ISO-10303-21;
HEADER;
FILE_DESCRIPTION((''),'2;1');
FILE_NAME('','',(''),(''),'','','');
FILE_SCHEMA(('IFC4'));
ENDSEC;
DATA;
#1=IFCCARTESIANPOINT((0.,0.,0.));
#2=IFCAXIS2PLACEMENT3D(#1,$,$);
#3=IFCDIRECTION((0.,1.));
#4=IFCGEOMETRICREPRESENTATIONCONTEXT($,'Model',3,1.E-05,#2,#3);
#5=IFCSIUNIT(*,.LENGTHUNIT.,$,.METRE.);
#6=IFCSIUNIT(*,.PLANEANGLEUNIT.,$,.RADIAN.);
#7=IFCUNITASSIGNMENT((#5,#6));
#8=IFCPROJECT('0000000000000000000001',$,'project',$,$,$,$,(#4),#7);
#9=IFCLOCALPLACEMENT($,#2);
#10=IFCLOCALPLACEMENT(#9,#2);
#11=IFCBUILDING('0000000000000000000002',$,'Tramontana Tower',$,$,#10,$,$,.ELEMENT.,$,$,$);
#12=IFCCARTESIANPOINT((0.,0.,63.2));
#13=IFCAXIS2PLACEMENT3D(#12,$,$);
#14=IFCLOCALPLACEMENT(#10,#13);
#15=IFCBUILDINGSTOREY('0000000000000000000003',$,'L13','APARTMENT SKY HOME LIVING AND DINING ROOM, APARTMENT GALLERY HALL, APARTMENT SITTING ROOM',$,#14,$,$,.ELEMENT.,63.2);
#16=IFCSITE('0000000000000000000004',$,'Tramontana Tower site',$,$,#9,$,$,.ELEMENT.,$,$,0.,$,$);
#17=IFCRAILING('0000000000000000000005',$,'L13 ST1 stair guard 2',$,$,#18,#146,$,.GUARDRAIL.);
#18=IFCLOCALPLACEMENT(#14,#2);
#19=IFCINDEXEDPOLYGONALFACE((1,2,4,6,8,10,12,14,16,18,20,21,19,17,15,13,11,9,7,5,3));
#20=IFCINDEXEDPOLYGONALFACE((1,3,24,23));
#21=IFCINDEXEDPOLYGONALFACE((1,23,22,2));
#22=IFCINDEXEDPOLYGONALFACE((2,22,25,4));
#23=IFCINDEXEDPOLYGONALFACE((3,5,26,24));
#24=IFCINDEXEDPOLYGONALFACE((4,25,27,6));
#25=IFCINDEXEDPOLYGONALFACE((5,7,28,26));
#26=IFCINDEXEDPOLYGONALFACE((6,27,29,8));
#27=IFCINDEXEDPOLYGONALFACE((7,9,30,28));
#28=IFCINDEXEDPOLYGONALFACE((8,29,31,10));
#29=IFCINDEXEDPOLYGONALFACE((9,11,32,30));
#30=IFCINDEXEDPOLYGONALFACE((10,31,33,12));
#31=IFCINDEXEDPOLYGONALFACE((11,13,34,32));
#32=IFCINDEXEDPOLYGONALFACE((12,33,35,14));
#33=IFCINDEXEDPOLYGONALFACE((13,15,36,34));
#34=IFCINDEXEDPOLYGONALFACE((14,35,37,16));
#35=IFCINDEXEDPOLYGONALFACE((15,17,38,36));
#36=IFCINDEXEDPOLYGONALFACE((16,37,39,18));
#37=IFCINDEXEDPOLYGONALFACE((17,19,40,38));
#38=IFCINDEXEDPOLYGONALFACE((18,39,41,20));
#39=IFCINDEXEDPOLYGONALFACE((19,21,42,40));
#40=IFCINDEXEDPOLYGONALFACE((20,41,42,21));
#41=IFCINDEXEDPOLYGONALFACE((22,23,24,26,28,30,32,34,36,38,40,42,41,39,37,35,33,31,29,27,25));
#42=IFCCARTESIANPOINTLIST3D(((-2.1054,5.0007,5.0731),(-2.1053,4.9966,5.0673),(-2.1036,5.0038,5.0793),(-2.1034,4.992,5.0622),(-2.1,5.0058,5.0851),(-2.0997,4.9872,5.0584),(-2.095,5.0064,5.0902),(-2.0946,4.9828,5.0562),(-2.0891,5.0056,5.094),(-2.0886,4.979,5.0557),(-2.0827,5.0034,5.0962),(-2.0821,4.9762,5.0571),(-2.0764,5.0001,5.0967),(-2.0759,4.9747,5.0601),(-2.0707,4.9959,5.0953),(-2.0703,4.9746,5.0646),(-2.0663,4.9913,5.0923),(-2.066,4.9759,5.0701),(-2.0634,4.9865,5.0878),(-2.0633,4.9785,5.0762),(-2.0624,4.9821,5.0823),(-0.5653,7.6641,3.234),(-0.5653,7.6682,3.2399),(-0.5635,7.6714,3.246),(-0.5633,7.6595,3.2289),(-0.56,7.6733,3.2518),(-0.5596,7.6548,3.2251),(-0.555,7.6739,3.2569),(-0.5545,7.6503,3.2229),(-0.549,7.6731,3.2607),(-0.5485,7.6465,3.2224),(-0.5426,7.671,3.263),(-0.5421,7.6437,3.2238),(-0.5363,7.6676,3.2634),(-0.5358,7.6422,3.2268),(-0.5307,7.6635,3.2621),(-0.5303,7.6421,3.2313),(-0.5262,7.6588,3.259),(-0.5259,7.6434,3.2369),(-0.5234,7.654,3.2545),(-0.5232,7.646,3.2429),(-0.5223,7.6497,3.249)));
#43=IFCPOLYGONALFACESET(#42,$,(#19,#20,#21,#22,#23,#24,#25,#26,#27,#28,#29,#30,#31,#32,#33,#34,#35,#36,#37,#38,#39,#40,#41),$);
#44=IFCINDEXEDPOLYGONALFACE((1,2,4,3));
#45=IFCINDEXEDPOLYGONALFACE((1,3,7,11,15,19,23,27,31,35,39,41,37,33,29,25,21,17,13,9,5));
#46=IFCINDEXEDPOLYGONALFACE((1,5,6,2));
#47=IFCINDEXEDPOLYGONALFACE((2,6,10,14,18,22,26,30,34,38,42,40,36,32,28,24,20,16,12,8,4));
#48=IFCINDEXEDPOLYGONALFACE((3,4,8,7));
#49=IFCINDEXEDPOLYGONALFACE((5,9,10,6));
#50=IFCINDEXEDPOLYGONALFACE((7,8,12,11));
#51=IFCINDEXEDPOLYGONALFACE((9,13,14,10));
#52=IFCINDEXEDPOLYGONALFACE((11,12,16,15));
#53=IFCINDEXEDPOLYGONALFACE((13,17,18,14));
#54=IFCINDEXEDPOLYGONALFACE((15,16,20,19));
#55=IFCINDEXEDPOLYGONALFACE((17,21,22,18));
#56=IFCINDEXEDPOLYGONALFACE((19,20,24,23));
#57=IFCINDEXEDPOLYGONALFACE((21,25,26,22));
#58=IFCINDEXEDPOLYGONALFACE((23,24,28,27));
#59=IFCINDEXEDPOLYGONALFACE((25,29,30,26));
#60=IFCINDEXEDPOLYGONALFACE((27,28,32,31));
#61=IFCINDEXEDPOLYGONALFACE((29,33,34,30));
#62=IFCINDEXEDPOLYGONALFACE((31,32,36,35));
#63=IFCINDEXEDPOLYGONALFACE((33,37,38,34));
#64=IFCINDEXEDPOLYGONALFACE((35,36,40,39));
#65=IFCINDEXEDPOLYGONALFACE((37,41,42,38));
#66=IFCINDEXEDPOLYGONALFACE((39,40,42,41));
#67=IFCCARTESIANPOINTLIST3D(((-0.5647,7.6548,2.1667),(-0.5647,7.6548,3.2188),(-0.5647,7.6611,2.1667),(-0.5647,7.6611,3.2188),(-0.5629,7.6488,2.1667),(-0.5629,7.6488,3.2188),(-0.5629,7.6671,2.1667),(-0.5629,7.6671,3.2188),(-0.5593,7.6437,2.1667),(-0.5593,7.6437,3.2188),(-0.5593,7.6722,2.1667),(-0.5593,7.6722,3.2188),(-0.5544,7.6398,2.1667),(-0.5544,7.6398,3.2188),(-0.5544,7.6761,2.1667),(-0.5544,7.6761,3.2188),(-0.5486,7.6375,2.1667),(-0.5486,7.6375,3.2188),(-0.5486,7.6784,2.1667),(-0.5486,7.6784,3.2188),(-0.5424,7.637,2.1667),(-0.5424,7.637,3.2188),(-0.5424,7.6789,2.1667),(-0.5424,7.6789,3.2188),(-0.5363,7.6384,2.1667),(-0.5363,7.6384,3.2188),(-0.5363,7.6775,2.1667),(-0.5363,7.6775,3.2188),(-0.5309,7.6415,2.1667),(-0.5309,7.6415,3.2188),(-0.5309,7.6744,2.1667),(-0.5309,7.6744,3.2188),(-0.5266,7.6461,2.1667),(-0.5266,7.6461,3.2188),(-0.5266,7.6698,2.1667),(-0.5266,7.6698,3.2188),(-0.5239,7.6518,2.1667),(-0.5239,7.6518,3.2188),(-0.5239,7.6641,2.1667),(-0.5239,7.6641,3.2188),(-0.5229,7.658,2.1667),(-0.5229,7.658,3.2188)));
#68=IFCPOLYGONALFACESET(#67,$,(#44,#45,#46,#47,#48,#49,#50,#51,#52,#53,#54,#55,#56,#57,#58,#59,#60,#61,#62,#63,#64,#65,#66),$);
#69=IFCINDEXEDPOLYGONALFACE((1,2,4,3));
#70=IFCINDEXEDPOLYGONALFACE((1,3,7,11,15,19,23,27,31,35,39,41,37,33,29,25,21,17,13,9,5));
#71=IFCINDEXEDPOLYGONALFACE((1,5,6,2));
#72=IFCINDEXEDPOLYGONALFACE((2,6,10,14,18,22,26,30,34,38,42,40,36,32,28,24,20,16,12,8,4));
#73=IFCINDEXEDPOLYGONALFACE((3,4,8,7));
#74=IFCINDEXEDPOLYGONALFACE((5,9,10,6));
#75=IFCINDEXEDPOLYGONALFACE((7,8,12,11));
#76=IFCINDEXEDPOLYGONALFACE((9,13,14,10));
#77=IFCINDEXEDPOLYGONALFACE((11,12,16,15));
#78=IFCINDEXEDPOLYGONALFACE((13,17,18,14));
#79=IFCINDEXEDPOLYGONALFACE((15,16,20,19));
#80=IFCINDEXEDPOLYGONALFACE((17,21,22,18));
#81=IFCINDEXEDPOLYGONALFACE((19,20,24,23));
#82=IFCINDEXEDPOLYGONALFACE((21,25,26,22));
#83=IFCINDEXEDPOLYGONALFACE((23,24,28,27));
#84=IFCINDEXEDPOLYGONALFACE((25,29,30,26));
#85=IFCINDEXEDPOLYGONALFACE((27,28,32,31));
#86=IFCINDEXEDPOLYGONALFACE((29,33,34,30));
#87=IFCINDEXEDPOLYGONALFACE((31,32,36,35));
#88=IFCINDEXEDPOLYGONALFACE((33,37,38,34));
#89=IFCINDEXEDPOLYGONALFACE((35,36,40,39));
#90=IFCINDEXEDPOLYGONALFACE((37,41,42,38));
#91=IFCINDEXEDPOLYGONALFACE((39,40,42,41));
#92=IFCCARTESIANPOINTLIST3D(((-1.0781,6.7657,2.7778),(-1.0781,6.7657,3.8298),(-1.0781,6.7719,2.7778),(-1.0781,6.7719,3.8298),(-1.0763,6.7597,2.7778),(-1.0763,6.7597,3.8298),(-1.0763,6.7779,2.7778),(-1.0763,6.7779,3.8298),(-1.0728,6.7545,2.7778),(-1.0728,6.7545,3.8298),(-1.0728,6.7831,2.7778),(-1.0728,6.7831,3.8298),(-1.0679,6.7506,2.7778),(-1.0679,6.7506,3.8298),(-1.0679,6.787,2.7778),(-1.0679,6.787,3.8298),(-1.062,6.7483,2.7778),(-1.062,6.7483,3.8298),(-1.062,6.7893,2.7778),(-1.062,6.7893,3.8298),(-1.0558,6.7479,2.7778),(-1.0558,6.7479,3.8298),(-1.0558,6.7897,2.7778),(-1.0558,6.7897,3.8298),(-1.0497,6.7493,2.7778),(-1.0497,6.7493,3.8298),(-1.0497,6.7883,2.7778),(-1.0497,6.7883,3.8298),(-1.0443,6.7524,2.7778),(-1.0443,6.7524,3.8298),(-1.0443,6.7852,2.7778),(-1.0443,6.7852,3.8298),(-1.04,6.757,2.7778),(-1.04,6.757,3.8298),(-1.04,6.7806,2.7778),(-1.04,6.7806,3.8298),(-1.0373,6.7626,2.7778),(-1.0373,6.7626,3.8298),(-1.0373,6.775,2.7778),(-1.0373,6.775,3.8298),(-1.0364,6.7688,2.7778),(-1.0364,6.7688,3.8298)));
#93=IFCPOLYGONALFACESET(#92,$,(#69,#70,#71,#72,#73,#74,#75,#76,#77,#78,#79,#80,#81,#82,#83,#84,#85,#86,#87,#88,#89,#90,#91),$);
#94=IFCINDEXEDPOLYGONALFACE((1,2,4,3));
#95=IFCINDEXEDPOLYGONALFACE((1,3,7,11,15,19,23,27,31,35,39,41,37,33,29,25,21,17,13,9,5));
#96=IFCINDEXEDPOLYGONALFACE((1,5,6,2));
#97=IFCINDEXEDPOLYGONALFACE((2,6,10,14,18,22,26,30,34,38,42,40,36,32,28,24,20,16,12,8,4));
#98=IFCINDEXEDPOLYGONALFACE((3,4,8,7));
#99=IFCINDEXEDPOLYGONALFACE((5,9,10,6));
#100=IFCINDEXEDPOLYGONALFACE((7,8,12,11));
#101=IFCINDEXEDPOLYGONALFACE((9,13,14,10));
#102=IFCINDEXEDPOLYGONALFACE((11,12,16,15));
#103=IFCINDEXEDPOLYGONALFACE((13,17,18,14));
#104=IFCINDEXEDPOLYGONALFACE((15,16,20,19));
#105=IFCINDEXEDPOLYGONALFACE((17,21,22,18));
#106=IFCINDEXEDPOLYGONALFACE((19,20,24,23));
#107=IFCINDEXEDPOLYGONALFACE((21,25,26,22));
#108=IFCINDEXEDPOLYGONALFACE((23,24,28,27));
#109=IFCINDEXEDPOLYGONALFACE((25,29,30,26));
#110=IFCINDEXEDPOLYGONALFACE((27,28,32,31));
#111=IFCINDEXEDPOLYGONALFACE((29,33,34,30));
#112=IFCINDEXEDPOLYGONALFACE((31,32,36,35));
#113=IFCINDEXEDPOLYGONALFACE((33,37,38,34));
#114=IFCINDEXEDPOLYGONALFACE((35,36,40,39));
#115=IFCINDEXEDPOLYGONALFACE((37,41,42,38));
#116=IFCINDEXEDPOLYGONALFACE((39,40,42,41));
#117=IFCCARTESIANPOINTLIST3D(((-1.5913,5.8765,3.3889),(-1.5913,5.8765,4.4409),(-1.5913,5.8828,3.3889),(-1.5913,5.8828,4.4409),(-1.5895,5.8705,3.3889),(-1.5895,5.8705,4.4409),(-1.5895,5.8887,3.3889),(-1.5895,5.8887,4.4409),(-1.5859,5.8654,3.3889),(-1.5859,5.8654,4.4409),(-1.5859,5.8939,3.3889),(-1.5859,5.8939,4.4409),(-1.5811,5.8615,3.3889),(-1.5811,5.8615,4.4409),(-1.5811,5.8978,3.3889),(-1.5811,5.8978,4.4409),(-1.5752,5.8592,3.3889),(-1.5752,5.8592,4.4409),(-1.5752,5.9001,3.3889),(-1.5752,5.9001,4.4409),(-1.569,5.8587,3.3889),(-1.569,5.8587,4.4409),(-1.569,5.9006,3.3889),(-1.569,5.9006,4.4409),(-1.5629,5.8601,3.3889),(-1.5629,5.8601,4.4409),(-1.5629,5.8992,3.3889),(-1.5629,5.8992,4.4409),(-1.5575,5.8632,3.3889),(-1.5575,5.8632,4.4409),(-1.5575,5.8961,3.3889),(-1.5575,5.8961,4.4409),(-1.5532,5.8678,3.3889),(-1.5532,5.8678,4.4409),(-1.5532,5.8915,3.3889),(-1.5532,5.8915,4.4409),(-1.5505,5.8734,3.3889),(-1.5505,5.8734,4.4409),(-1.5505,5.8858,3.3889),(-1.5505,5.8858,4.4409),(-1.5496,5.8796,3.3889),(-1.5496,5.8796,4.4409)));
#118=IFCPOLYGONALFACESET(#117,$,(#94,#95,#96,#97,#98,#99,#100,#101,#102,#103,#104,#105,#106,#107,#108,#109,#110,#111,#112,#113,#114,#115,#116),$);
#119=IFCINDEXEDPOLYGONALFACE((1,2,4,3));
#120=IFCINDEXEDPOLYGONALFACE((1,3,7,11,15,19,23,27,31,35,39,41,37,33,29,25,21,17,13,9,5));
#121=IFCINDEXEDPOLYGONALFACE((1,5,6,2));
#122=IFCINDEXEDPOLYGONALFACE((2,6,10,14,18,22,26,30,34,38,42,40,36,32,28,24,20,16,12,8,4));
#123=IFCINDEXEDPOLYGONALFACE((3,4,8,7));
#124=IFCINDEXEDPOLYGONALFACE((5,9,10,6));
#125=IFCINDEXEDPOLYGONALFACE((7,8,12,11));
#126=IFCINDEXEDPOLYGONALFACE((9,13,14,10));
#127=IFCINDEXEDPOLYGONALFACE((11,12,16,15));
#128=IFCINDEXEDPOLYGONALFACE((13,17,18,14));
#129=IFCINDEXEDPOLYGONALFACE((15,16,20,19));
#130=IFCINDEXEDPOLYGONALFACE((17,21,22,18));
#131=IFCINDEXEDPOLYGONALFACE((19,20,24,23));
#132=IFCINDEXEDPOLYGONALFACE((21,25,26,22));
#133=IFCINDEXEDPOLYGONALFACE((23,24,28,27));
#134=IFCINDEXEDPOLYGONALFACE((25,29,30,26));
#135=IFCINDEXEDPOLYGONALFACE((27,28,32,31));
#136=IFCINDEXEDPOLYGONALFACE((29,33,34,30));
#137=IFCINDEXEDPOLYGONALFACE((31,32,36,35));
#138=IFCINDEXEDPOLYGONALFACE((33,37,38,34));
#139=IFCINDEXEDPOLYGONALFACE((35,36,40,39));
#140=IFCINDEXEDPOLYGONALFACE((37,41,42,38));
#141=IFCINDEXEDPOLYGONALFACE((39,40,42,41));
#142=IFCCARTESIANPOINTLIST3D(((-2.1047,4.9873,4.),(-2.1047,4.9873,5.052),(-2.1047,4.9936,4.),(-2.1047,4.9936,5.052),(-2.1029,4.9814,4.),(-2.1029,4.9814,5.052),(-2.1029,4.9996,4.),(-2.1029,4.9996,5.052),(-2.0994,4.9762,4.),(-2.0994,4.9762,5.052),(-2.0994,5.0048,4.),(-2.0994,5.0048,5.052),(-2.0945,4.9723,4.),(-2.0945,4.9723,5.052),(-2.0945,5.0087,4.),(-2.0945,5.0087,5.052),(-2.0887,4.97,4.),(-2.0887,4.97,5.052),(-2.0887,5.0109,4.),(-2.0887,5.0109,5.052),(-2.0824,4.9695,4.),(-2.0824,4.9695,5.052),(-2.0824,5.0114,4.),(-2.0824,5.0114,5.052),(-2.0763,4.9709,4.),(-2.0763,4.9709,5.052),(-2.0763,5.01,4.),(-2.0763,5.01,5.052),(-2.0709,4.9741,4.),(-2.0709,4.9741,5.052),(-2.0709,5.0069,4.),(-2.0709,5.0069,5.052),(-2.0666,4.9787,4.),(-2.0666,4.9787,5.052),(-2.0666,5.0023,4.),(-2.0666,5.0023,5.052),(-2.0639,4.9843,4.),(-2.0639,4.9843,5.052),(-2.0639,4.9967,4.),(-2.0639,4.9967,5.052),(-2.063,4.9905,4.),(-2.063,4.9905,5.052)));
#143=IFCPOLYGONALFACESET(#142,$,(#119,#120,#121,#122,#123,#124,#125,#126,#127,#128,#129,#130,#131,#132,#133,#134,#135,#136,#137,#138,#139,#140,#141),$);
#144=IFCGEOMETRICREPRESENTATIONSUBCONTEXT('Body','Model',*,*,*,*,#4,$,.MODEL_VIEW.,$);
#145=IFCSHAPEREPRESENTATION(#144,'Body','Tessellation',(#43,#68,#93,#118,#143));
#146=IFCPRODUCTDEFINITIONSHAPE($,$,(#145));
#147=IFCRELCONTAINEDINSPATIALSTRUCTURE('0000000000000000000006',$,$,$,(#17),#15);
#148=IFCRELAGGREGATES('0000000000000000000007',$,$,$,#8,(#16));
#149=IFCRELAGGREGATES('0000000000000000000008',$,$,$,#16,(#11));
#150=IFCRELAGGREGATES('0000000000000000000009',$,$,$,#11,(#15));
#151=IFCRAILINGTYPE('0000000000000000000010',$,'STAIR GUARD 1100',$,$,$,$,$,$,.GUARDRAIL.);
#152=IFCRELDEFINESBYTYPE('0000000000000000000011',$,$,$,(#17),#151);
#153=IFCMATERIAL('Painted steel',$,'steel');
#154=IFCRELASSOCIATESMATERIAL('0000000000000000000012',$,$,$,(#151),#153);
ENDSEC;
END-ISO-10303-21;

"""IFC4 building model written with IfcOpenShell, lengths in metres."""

from ifc_helpers import new_model, si_unit, direction, frame, origin, origin_2d, place, context, subcontext, project, spatial, circle, extrude, material, type_object, element, save


model = new_model("IFC4")

# Units and contexts
model_context = context("Model", 3, precision=1e-05, world=origin(), true_north=direction((0.0, 1.0)))
body_context = subcontext(model_context, "Body", "Model", "MODEL_VIEW")
ifc_project = project(units=[si_unit("LENGTHUNIT", "METRE"), si_unit("PLANEANGLEUNIT", "RADIAN")], contexts=[model_context])

# Site, building, storey
site_placement = place(None, origin())
site = spatial("IfcSite", under=ifc_project, at=site_placement, Name="Tramontana Tower site", CompositionType="ELEMENT", RefElevation=0.0)
building_placement = place(site_placement, origin())
building = spatial("IfcBuilding", under=site, at=building_placement, Name="Tramontana Tower", CompositionType="ELEMENT")
storey_placement = place(building_placement, frame((0.0, 0.0, 63.2)))
storey = spatial("IfcBuildingStorey", under=building, at=storey_placement, Name="L13", Description="APARTMENT SKY HOME LIVING AND DINING ROOM, APARTMENT GALLERY HALL, APARTMENT SITTING ROOM", CompositionType="ELEMENT", Elevation=63.2)

# Railing
ifc_material_1 = material(Name="Painted steel", Category="steel")
railing_type = type_object("IfcRailingType", Name="STAIR GUARD 1100", PredefinedType="GUARDRAIL", material=ifc_material_1)
railing_1_placement = place(storey_placement, frame((-0.5439, 7.658, 2.1667)))
element("IfcRailing", 1, at=railing_1_placement, inside=storey, type_object=railing_type, Name="L13 ST1 stair guard 2", PredefinedType="GUARDRAIL", context=body_context, shape_type="SweptSolid", body=[
    extrude(circle(Radius=0.0239, at=origin_2d()), frame((0.0, 0.0, 1.0762), z_axis=(-0.429649, -0.74419, 0.511452), x_axis=(0.86603, -0.499992, 0.0)), (0.0, 0.0, 1.0), 3.5845),
    extrude(circle(Radius=0.021, at=origin_2d()), origin(), (0.0, 0.0, 1.0), 1.052),
    extrude(circle(Radius=0.021, at=origin_2d()), frame((-0.5134, -0.8892, 0.6111)), (0.0, 0.0, 1.0), 1.052),
    extrude(circle(Radius=0.021, at=origin_2d()), frame((-1.0266, -1.7783, 1.2222)), (0.0, 0.0, 1.0), 1.052),
    extrude(circle(Radius=0.021, at=origin_2d()), frame((-1.54, -2.6675, 1.8333)), (0.0, 0.0, 1.0), 1.052),
])

save(model, "model.ifc")
